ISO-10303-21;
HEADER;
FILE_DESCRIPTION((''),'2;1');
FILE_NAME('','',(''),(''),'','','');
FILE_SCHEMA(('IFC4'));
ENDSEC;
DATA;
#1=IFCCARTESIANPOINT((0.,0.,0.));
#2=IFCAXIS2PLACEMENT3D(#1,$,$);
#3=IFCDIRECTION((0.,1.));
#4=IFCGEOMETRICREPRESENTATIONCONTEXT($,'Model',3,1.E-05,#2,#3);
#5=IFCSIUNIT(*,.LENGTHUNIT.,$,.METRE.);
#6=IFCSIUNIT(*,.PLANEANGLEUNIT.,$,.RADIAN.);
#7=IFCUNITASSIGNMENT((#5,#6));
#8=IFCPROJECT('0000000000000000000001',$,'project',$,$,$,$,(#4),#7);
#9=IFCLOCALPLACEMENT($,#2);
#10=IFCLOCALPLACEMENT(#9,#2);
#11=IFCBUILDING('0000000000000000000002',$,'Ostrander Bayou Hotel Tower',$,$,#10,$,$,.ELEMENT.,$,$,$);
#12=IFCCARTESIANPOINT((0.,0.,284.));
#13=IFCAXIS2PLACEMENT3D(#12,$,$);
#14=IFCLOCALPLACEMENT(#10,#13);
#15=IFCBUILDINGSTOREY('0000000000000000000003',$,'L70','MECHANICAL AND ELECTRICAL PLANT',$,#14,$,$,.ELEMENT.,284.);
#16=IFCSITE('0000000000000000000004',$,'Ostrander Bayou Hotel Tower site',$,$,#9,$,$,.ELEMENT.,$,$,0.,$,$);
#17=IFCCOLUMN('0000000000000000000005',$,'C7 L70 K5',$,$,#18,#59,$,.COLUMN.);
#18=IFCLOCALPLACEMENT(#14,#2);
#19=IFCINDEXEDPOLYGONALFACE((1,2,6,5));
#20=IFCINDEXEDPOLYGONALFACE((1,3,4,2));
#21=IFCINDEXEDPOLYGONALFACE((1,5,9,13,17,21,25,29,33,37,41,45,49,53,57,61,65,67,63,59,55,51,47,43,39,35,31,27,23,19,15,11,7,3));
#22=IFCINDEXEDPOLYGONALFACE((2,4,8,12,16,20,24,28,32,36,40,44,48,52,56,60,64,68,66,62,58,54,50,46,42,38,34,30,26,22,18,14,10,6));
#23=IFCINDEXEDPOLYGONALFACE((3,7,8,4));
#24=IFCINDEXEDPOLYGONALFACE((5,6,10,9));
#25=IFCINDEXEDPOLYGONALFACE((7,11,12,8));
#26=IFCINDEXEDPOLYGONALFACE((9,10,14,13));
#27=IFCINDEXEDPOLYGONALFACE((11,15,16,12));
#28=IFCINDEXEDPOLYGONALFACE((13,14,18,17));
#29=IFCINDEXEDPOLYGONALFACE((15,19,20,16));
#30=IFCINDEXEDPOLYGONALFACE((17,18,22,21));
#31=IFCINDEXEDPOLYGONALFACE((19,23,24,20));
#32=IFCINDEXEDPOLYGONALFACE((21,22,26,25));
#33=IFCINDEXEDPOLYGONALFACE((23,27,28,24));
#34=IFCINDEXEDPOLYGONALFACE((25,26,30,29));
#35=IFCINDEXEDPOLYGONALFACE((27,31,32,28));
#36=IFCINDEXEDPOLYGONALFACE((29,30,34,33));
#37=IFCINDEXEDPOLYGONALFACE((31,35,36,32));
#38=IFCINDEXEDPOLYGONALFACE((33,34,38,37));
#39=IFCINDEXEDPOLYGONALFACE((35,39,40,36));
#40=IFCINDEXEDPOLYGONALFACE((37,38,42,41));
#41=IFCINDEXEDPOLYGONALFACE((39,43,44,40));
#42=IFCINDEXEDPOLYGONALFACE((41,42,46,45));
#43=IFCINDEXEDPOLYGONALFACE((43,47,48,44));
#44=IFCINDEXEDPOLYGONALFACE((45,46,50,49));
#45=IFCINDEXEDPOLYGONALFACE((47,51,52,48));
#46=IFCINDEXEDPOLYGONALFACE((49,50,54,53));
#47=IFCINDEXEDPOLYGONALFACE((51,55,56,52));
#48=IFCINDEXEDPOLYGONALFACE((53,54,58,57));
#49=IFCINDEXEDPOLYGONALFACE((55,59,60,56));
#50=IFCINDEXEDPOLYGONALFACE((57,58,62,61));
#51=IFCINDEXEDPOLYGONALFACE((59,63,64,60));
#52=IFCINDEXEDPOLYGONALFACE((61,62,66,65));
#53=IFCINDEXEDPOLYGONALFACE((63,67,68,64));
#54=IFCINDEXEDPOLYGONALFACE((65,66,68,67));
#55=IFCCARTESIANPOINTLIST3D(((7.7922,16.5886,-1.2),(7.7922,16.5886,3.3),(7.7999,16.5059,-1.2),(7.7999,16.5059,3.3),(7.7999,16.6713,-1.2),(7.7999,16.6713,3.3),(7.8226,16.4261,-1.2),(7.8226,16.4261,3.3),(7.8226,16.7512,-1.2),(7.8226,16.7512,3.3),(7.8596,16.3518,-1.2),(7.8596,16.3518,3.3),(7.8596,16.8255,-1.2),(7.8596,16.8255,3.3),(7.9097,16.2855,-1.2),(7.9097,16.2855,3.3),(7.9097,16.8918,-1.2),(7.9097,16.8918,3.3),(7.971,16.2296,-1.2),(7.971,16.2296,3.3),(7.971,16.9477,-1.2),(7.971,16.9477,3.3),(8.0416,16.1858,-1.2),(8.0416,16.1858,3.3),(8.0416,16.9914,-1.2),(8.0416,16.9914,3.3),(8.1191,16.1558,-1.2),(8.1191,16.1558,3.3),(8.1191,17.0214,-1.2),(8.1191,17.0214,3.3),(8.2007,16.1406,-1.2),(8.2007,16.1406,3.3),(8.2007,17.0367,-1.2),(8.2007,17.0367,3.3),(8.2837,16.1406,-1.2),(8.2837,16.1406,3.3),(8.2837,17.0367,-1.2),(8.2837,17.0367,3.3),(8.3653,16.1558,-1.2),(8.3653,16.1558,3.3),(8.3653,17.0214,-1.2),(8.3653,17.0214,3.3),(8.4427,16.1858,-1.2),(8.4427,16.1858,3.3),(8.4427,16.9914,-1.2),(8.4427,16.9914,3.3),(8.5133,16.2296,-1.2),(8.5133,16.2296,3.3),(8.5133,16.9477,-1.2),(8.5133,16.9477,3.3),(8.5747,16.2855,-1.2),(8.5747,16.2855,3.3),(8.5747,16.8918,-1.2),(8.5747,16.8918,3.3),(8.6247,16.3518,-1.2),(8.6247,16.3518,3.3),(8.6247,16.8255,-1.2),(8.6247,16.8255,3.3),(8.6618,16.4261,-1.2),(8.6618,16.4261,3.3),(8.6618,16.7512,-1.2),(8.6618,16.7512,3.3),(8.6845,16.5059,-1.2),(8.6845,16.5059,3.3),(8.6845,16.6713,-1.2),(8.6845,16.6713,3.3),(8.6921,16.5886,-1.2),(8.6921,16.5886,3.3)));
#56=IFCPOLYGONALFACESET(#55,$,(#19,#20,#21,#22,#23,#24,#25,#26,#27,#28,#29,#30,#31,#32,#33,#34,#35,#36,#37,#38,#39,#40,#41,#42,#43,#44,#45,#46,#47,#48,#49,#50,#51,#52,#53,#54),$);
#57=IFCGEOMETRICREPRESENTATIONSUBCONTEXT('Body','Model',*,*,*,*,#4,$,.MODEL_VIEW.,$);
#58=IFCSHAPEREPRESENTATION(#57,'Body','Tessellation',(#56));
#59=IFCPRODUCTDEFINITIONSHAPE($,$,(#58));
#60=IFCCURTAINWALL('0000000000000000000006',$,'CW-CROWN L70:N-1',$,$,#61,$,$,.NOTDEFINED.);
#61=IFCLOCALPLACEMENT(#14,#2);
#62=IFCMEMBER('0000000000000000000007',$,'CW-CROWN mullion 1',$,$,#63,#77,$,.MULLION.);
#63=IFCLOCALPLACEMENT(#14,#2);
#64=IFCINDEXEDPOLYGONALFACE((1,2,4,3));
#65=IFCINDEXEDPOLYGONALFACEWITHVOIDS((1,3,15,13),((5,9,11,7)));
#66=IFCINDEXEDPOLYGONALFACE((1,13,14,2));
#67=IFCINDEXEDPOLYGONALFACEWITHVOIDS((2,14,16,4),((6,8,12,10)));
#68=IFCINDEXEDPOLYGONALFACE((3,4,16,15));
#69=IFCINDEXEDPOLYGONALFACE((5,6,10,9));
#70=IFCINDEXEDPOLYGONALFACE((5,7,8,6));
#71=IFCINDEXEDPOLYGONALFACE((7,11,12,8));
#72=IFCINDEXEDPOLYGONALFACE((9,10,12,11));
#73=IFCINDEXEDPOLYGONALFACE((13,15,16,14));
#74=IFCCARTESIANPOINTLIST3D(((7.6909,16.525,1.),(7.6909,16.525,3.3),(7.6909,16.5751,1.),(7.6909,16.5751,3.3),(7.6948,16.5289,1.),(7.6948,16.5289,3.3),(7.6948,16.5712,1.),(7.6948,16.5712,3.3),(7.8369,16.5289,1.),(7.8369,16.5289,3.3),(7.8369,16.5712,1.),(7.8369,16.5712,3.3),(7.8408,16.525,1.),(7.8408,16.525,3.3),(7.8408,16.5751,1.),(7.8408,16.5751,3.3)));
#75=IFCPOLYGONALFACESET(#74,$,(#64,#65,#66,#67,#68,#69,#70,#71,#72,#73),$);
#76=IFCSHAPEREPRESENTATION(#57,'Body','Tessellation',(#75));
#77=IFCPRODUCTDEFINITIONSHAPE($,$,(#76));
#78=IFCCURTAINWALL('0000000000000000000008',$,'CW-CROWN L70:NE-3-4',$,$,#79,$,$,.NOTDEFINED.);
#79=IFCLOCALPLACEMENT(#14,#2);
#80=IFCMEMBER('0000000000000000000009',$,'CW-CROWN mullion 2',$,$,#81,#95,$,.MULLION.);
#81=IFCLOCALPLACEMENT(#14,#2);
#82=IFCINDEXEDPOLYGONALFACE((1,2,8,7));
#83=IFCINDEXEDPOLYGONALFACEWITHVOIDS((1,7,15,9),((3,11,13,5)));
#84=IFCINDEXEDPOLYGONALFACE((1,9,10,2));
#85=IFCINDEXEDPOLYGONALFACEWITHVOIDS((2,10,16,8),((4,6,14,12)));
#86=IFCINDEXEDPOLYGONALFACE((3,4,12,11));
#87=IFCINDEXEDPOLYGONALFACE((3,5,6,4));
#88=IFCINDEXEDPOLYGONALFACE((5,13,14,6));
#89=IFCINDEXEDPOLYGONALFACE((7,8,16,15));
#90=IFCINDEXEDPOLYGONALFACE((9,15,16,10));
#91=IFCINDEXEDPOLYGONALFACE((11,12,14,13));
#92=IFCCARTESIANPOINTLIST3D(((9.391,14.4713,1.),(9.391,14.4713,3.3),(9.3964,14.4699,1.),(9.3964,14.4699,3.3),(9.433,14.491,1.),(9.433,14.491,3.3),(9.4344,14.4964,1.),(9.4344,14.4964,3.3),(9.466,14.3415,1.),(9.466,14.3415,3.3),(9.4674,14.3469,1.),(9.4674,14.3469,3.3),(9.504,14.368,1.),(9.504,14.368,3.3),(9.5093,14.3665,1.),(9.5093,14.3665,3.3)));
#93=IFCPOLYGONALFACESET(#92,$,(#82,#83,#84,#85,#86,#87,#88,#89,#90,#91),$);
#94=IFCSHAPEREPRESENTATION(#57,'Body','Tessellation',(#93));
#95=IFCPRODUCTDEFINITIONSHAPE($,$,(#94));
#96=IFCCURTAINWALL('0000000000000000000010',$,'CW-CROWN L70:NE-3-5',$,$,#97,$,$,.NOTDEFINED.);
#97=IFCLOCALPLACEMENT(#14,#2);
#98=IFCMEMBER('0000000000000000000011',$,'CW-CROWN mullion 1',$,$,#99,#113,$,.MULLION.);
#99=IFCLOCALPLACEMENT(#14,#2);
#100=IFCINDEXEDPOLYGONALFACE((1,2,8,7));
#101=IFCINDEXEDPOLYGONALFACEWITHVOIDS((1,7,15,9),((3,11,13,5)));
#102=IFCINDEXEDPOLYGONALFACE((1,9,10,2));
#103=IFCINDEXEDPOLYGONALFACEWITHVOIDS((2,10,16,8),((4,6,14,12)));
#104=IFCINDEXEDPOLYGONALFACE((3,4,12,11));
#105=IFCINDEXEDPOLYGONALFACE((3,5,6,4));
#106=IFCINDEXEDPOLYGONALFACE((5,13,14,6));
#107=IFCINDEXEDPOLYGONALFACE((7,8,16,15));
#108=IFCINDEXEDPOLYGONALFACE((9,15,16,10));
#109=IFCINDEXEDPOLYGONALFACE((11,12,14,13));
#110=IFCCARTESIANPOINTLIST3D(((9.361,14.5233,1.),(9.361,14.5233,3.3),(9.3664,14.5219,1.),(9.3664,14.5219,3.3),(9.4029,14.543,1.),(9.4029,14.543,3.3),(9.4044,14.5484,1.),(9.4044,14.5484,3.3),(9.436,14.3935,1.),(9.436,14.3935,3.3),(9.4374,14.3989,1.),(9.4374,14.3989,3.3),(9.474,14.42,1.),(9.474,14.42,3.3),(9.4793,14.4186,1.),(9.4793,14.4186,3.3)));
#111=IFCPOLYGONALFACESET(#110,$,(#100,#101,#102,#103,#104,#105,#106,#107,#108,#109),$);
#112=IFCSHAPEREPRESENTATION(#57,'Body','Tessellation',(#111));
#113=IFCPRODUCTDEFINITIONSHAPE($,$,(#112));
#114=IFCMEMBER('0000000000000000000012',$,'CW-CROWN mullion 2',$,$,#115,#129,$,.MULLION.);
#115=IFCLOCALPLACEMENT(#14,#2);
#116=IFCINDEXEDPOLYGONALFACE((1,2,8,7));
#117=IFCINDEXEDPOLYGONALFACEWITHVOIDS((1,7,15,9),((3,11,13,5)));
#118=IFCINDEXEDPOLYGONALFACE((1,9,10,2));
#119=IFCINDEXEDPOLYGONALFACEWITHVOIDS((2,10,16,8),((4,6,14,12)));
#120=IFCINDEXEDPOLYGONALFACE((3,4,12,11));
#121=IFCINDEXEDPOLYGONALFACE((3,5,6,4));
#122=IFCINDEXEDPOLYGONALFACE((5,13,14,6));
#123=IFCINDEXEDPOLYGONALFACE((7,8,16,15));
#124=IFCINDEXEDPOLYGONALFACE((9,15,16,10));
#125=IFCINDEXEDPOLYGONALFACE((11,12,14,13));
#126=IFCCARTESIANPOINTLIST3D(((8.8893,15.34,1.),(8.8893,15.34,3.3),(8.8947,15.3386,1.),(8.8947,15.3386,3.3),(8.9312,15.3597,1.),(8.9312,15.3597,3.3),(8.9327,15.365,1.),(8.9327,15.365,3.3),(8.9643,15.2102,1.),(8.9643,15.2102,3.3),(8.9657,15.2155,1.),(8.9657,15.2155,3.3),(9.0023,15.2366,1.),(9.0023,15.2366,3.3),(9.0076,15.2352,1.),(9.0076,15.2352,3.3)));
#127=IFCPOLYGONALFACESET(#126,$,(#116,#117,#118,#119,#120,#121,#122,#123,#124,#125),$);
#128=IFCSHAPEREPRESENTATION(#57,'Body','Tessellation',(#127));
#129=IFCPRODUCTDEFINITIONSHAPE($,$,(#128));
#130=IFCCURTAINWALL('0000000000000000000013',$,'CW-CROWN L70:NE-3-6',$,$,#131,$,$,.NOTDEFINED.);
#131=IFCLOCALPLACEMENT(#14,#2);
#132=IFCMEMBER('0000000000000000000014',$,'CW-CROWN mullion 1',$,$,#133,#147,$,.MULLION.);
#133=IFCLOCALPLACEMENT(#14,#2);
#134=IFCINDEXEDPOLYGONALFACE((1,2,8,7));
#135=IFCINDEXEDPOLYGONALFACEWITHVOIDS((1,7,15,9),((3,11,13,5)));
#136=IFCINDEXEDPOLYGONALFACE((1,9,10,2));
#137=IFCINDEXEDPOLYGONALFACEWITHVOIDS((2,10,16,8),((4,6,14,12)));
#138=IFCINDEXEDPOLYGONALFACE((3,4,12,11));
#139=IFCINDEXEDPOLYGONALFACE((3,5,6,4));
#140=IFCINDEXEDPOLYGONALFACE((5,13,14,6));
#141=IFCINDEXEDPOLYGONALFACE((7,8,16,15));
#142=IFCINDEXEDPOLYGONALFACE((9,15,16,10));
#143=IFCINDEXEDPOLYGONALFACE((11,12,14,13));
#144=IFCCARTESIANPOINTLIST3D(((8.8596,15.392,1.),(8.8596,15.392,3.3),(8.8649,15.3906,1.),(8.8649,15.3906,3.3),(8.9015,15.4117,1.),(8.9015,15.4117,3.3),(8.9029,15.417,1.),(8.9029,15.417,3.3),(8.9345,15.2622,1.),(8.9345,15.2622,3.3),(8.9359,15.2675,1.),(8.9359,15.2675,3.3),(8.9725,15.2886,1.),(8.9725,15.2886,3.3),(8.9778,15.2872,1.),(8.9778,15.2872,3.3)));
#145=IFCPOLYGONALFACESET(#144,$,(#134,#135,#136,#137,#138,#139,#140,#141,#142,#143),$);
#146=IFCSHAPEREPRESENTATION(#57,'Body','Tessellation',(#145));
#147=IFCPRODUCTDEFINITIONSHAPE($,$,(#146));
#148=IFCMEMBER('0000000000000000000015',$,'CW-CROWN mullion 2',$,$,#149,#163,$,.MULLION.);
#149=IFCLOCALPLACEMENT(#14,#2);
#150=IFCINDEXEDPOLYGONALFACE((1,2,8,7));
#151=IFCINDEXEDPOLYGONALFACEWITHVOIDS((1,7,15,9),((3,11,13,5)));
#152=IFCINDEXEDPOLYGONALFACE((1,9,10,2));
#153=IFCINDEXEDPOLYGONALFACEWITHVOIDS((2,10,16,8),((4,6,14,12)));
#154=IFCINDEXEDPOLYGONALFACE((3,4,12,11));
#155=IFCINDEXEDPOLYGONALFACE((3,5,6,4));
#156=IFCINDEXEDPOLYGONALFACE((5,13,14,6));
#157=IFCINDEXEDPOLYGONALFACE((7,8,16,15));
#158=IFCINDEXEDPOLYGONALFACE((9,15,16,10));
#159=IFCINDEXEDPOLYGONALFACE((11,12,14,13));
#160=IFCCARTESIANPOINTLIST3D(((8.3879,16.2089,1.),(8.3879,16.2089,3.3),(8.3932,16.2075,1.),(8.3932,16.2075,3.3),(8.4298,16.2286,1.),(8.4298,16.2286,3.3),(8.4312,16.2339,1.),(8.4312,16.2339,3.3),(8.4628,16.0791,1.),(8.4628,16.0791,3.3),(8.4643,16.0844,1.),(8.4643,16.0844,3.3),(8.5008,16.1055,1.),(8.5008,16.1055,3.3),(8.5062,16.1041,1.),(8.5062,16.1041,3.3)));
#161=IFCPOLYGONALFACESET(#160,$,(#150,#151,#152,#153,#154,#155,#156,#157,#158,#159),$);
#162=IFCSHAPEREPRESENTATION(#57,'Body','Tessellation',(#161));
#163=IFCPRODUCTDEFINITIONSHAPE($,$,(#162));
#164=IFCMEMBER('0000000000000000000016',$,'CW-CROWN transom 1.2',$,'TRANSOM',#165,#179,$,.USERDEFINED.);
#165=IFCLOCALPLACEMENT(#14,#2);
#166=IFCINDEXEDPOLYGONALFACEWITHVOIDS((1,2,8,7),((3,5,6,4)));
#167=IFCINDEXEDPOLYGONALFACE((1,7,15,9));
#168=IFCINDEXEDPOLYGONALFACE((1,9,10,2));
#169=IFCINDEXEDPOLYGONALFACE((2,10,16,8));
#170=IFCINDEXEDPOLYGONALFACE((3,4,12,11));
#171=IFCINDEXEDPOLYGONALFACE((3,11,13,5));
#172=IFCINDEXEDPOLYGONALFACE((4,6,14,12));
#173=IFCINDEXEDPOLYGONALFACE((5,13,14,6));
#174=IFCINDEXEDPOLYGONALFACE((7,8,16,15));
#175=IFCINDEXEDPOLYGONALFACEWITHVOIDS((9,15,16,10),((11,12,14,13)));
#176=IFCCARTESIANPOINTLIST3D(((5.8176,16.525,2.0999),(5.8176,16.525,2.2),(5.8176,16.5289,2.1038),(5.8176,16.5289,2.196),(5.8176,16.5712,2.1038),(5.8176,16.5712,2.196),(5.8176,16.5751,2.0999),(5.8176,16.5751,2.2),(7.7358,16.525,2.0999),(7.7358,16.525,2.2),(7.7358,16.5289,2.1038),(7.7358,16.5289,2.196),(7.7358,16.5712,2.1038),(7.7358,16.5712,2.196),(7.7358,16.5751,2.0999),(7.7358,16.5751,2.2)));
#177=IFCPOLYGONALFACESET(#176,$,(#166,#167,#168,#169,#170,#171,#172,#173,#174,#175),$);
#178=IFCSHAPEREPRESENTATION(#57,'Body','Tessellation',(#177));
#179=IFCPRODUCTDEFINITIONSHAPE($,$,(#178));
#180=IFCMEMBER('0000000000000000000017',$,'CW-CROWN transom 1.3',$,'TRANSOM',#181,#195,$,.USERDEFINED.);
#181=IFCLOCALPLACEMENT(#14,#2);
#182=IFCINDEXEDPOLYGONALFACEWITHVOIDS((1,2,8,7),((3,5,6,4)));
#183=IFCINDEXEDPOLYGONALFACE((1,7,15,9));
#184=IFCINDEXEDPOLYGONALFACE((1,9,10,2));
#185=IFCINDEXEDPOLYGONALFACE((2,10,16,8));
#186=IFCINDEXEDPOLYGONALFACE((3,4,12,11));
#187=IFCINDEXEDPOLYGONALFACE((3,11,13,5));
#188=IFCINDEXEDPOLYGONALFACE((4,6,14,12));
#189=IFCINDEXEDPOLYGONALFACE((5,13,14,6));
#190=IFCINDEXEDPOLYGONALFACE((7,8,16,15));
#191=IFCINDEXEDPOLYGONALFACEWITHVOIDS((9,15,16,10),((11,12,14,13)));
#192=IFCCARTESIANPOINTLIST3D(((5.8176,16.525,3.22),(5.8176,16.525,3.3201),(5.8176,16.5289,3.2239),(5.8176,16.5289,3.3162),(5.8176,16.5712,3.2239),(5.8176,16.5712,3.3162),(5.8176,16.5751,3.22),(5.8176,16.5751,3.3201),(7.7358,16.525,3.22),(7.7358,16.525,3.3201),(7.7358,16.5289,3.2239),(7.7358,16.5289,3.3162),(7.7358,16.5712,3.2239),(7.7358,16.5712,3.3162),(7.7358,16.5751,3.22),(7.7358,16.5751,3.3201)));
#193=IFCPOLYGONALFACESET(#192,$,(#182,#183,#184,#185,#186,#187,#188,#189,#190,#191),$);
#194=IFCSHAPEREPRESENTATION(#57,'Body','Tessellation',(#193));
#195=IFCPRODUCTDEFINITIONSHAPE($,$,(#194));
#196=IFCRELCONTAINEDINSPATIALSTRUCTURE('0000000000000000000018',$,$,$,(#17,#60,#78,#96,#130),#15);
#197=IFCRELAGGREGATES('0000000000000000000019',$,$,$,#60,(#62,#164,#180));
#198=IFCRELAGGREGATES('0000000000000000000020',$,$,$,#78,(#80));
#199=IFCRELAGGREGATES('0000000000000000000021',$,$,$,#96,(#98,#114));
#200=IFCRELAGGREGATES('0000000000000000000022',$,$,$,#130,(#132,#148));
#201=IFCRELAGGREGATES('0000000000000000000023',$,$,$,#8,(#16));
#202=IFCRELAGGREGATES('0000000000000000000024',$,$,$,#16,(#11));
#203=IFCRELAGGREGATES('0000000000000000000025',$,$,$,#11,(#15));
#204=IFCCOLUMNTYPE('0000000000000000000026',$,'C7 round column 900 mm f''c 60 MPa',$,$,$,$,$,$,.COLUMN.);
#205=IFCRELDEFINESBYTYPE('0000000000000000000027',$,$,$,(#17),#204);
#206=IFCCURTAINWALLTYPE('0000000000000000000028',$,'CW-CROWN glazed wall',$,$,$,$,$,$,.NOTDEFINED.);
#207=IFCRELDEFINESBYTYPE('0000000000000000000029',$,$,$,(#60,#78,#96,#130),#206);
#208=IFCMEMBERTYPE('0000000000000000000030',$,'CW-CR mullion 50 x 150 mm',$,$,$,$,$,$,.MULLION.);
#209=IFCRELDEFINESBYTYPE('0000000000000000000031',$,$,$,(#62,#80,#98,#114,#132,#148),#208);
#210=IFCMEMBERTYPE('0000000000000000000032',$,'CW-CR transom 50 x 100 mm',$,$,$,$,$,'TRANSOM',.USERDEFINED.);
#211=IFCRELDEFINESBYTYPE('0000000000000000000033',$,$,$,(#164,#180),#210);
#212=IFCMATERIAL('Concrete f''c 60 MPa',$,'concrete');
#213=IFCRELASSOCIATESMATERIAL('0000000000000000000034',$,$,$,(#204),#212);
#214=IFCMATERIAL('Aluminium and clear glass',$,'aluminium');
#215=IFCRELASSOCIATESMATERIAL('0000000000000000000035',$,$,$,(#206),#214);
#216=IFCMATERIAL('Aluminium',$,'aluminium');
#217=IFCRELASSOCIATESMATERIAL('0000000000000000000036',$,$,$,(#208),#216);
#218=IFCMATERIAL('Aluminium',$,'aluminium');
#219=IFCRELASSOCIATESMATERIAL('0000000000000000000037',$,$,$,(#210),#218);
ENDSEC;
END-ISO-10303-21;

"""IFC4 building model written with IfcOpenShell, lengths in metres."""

from ifc_helpers import new_model, si_unit, direction, frame, origin, origin_2d, place, context, subcontext, project, spatial, hollow_rectangle, circle, extrude, material, material_profile, profile_set, type_object, element, aggregate, save


model = new_model("IFC4")

# Units and contexts
model_context = context("Model", 3, precision=1e-05, world=origin(), true_north=direction((0.0, 1.0)))
body_context = subcontext(model_context, "Body", "Model", "MODEL_VIEW")
ifc_project = project(units=[si_unit("LENGTHUNIT", "METRE"), si_unit("PLANEANGLEUNIT", "RADIAN")], contexts=[model_context])

# Site, building, storey
site_placement = place(None, origin())
site = spatial("IfcSite", under=ifc_project, at=site_placement, Name="Ostrander Bayou Hotel Tower site", CompositionType="ELEMENT", RefElevation=0.0)
building_placement = place(site_placement, origin())
building = spatial("IfcBuilding", under=site, at=building_placement, Name="Ostrander Bayou Hotel Tower", CompositionType="ELEMENT")
storey_placement = place(building_placement, frame((0.0, 0.0, 284.0)))
storey = spatial("IfcBuildingStorey", under=building, at=storey_placement, Name="L70", Description="MECHANICAL AND ELECTRICAL PLANT", CompositionType="ELEMENT", Elevation=284.0)

# Column
ifc_material_1 = material(Name="Concrete f'c 60 MPa", Category="concrete")
ifc_material_profile_1 = material_profile(ifc_material_1, circle(Radius=0.45, at=origin_2d()))
ifc_profile_set_1 = profile_set([ifc_material_profile_1], Name="Concrete f'c 60 MPa")
column_type = type_object("IfcColumnType", Name="C7 round column 900 mm f'c 60 MPa", PredefinedType="COLUMN", material=ifc_profile_set_1)
column_placement = place(storey_placement, frame((8.2422, 16.5886, -1.2), z_axis=(0.0, 0.0, 1.0), x_axis=(1.0, 0.0, 0.0)))
element("IfcColumn", 1, at=column_placement, inside=storey, type_object=column_type, Name="C7 L70 K5", PredefinedType="COLUMN", context=body_context, shape_type="SweptSolid", body=[
    extrude(circle(Radius=0.45, at=origin_2d()), origin(), (0.0, 0.0, 1.0), 4.5),
])

# Curtain walls, members
ifc_material_2 = material(Name="Aluminium and clear glass", Category="aluminium")
curtain_wall_type = type_object("IfcCurtainWallType", Name="CW-CROWN glazed wall", PredefinedType="NOTDEFINED", material=ifc_material_2)
curtain_wall_1_placement = place(storey_placement, origin())
curtain_wall_1 = element("IfcCurtainWall", 2, at=curtain_wall_1_placement, inside=storey, type_object=curtain_wall_type, Name="CW-CROWN L70:N-1", PredefinedType="NOTDEFINED")
ifc_material_3 = material(Name="Aluminium", Category="aluminium")
ifc_material_profile_2 = material_profile(ifc_material_3, hollow_rectangle(XDim=0.05, YDim=0.1499, WallThickness=0.0039, at=origin_2d()))
ifc_profile_set_2 = profile_set([ifc_material_profile_2], Name="Aluminium")
member_type_1 = type_object("IfcMemberType", Name="CW-CR mullion 50 x 150 mm", PredefinedType="MULLION", material=ifc_profile_set_2)
member_1_placement = place(storey_placement, frame((7.7659, 16.55, 1.0), z_axis=(0.0, 0.0, 1.0), x_axis=(0.0, -1.0, 0.0)))
member_1 = element("IfcMember", 3, at=member_1_placement, type_object=member_type_1, Name="CW-CROWN mullion 1", PredefinedType="MULLION", context=body_context, shape_type="SweptSolid", body=[
    extrude(hollow_rectangle(XDim=0.05, YDim=0.1499, WallThickness=0.0039, at=origin_2d()), origin(), (0.0, 0.0, 1.0), 2.3),
])
curtain_wall_2_placement = place(storey_placement, origin())
curtain_wall_2 = element("IfcCurtainWall", 4, at=curtain_wall_2_placement, inside=storey, type_object=curtain_wall_type, Name="CW-CROWN L70:NE-3-4", PredefinedType="NOTDEFINED")
member_2_placement = place(storey_placement, frame((9.4502, 14.4189, 1.0), z_axis=(0.0, 0.0, 1.0), x_axis=(-0.866026, -0.499999, 0.0)))
member_2 = element("IfcMember", 5, at=member_2_placement, type_object=member_type_1, Name="CW-CROWN mullion 2", PredefinedType="MULLION", context=body_context, shape_type="SweptSolid", body=[
    extrude(hollow_rectangle(XDim=0.05, YDim=0.1499, WallThickness=0.0039, at=origin_2d()), origin(), (0.0, 0.0, 1.0), 2.3),
])

# Curtain walls, members
curtain_wall_3_placement = place(storey_placement, origin())
curtain_wall_3 = element("IfcCurtainWall", 6, at=curtain_wall_3_placement, inside=storey, type_object=curtain_wall_type, Name="CW-CROWN L70:NE-3-5", PredefinedType="NOTDEFINED")
member_3_placement = place(storey_placement, frame((9.4202, 14.4709, 1.0), z_axis=(0.0, 0.0, 1.0), x_axis=(-0.866001, -0.500042, 0.0)))
member_3 = element("IfcMember", 7, at=member_3_placement, type_object=member_type_1, Name="CW-CROWN mullion 1", PredefinedType="MULLION", context=body_context, shape_type="SweptSolid", body=[
    extrude(hollow_rectangle(XDim=0.05, YDim=0.1499, WallThickness=0.0039, at=origin_2d()), origin(), (0.0, 0.0, 1.0), 2.3),
])
member_4_placement = place(storey_placement, frame((8.9485, 15.2876, 1.0), z_axis=(0.0, 0.0, 1.0), x_axis=(-0.866001, -0.500042, 0.0)))
member_4 = element("IfcMember", 8, at=member_4_placement, type_object=member_type_1, Name="CW-CROWN mullion 2", PredefinedType="MULLION", context=body_context, shape_type="SweptSolid", body=[
    extrude(hollow_rectangle(XDim=0.05, YDim=0.1499, WallThickness=0.0039, at=origin_2d()), origin(), (0.0, 0.0, 1.0), 2.3),
])
curtain_wall_4_placement = place(storey_placement, origin())
curtain_wall_4 = element("IfcCurtainWall", 9, at=curtain_wall_4_placement, inside=storey, type_object=curtain_wall_type, Name="CW-CROWN L70:NE-3-6", PredefinedType="NOTDEFINED")
member_5_placement = place(storey_placement, frame((8.9187, 15.3396, 1.0), z_axis=(0.0, 0.0, 1.0), x_axis=(-0.866026, -0.499999, 0.0)))
member_5 = element("IfcMember", 10, at=member_5_placement, type_object=member_type_1, Name="CW-CROWN mullion 1", PredefinedType="MULLION", context=body_context, shape_type="SweptSolid", body=[
    extrude(hollow_rectangle(XDim=0.05, YDim=0.1499, WallThickness=0.0039, at=origin_2d()), origin(), (0.0, 0.0, 1.0), 2.3),
])
member_6_placement = place(storey_placement, frame((8.447, 16.1565, 1.0), z_axis=(0.0, 0.0, 1.0), x_axis=(-0.866026, -0.499999, 0.0)))
member_6 = element("IfcMember", 11, at=member_6_placement, type_object=member_type_1, Name="CW-CROWN mullion 2", PredefinedType="MULLION", context=body_context, shape_type="SweptSolid", body=[
    extrude(hollow_rectangle(XDim=0.05, YDim=0.1499, WallThickness=0.0039, at=origin_2d()), origin(), (0.0, 0.0, 1.0), 2.3),
])

# Members
ifc_material_4 = material(Name="Aluminium", Category="aluminium")
ifc_material_profile_3 = material_profile(ifc_material_4, hollow_rectangle(XDim=0.05, YDim=0.1001, WallThickness=0.0039, at=origin_2d()))
ifc_profile_set_3 = profile_set([ifc_material_profile_3], Name="Aluminium")
member_type_2 = type_object("IfcMemberType", Name="CW-CR transom 50 x 100 mm", ElementType="TRANSOM", PredefinedType="USERDEFINED", material=ifc_profile_set_3)
member_7_placement = place(storey_placement, frame((7.7358, 16.55, 2.1499), z_axis=(-1.0, 0.0, 0.0), x_axis=(0.0, -1.0, 0.0)))
member_7 = element("IfcMember", 12, at=member_7_placement, type_object=member_type_2, Name="CW-CROWN transom 1.2", ObjectType="TRANSOM", PredefinedType="USERDEFINED", context=body_context, shape_type="SweptSolid", body=[
    extrude(hollow_rectangle(XDim=0.05, YDim=0.1001, WallThickness=0.0039, at=origin_2d()), origin(), (0.0, 0.0, 1.0), 1.9182),
])
member_8_placement = place(storey_placement, frame((7.7358, 16.55, 3.27), z_axis=(-1.0, 0.0, 0.0), x_axis=(0.0, -1.0, 0.0)))
member_8 = element("IfcMember", 13, at=member_8_placement, type_object=member_type_2, Name="CW-CROWN transom 1.3", ObjectType="TRANSOM", PredefinedType="USERDEFINED", context=body_context, shape_type="SweptSolid", body=[
    extrude(hollow_rectangle(XDim=0.05, YDim=0.1001, WallThickness=0.0039, at=origin_2d()), origin(), (0.0, 0.0, 1.0), 1.9182),
])
aggregate(curtain_wall_1, [member_1, member_7, member_8])

aggregate(curtain_wall_2, [member_2])
aggregate(curtain_wall_3, [member_3, member_4])
aggregate(curtain_wall_4, [member_5, member_6])

save(model, "model.ifc")
